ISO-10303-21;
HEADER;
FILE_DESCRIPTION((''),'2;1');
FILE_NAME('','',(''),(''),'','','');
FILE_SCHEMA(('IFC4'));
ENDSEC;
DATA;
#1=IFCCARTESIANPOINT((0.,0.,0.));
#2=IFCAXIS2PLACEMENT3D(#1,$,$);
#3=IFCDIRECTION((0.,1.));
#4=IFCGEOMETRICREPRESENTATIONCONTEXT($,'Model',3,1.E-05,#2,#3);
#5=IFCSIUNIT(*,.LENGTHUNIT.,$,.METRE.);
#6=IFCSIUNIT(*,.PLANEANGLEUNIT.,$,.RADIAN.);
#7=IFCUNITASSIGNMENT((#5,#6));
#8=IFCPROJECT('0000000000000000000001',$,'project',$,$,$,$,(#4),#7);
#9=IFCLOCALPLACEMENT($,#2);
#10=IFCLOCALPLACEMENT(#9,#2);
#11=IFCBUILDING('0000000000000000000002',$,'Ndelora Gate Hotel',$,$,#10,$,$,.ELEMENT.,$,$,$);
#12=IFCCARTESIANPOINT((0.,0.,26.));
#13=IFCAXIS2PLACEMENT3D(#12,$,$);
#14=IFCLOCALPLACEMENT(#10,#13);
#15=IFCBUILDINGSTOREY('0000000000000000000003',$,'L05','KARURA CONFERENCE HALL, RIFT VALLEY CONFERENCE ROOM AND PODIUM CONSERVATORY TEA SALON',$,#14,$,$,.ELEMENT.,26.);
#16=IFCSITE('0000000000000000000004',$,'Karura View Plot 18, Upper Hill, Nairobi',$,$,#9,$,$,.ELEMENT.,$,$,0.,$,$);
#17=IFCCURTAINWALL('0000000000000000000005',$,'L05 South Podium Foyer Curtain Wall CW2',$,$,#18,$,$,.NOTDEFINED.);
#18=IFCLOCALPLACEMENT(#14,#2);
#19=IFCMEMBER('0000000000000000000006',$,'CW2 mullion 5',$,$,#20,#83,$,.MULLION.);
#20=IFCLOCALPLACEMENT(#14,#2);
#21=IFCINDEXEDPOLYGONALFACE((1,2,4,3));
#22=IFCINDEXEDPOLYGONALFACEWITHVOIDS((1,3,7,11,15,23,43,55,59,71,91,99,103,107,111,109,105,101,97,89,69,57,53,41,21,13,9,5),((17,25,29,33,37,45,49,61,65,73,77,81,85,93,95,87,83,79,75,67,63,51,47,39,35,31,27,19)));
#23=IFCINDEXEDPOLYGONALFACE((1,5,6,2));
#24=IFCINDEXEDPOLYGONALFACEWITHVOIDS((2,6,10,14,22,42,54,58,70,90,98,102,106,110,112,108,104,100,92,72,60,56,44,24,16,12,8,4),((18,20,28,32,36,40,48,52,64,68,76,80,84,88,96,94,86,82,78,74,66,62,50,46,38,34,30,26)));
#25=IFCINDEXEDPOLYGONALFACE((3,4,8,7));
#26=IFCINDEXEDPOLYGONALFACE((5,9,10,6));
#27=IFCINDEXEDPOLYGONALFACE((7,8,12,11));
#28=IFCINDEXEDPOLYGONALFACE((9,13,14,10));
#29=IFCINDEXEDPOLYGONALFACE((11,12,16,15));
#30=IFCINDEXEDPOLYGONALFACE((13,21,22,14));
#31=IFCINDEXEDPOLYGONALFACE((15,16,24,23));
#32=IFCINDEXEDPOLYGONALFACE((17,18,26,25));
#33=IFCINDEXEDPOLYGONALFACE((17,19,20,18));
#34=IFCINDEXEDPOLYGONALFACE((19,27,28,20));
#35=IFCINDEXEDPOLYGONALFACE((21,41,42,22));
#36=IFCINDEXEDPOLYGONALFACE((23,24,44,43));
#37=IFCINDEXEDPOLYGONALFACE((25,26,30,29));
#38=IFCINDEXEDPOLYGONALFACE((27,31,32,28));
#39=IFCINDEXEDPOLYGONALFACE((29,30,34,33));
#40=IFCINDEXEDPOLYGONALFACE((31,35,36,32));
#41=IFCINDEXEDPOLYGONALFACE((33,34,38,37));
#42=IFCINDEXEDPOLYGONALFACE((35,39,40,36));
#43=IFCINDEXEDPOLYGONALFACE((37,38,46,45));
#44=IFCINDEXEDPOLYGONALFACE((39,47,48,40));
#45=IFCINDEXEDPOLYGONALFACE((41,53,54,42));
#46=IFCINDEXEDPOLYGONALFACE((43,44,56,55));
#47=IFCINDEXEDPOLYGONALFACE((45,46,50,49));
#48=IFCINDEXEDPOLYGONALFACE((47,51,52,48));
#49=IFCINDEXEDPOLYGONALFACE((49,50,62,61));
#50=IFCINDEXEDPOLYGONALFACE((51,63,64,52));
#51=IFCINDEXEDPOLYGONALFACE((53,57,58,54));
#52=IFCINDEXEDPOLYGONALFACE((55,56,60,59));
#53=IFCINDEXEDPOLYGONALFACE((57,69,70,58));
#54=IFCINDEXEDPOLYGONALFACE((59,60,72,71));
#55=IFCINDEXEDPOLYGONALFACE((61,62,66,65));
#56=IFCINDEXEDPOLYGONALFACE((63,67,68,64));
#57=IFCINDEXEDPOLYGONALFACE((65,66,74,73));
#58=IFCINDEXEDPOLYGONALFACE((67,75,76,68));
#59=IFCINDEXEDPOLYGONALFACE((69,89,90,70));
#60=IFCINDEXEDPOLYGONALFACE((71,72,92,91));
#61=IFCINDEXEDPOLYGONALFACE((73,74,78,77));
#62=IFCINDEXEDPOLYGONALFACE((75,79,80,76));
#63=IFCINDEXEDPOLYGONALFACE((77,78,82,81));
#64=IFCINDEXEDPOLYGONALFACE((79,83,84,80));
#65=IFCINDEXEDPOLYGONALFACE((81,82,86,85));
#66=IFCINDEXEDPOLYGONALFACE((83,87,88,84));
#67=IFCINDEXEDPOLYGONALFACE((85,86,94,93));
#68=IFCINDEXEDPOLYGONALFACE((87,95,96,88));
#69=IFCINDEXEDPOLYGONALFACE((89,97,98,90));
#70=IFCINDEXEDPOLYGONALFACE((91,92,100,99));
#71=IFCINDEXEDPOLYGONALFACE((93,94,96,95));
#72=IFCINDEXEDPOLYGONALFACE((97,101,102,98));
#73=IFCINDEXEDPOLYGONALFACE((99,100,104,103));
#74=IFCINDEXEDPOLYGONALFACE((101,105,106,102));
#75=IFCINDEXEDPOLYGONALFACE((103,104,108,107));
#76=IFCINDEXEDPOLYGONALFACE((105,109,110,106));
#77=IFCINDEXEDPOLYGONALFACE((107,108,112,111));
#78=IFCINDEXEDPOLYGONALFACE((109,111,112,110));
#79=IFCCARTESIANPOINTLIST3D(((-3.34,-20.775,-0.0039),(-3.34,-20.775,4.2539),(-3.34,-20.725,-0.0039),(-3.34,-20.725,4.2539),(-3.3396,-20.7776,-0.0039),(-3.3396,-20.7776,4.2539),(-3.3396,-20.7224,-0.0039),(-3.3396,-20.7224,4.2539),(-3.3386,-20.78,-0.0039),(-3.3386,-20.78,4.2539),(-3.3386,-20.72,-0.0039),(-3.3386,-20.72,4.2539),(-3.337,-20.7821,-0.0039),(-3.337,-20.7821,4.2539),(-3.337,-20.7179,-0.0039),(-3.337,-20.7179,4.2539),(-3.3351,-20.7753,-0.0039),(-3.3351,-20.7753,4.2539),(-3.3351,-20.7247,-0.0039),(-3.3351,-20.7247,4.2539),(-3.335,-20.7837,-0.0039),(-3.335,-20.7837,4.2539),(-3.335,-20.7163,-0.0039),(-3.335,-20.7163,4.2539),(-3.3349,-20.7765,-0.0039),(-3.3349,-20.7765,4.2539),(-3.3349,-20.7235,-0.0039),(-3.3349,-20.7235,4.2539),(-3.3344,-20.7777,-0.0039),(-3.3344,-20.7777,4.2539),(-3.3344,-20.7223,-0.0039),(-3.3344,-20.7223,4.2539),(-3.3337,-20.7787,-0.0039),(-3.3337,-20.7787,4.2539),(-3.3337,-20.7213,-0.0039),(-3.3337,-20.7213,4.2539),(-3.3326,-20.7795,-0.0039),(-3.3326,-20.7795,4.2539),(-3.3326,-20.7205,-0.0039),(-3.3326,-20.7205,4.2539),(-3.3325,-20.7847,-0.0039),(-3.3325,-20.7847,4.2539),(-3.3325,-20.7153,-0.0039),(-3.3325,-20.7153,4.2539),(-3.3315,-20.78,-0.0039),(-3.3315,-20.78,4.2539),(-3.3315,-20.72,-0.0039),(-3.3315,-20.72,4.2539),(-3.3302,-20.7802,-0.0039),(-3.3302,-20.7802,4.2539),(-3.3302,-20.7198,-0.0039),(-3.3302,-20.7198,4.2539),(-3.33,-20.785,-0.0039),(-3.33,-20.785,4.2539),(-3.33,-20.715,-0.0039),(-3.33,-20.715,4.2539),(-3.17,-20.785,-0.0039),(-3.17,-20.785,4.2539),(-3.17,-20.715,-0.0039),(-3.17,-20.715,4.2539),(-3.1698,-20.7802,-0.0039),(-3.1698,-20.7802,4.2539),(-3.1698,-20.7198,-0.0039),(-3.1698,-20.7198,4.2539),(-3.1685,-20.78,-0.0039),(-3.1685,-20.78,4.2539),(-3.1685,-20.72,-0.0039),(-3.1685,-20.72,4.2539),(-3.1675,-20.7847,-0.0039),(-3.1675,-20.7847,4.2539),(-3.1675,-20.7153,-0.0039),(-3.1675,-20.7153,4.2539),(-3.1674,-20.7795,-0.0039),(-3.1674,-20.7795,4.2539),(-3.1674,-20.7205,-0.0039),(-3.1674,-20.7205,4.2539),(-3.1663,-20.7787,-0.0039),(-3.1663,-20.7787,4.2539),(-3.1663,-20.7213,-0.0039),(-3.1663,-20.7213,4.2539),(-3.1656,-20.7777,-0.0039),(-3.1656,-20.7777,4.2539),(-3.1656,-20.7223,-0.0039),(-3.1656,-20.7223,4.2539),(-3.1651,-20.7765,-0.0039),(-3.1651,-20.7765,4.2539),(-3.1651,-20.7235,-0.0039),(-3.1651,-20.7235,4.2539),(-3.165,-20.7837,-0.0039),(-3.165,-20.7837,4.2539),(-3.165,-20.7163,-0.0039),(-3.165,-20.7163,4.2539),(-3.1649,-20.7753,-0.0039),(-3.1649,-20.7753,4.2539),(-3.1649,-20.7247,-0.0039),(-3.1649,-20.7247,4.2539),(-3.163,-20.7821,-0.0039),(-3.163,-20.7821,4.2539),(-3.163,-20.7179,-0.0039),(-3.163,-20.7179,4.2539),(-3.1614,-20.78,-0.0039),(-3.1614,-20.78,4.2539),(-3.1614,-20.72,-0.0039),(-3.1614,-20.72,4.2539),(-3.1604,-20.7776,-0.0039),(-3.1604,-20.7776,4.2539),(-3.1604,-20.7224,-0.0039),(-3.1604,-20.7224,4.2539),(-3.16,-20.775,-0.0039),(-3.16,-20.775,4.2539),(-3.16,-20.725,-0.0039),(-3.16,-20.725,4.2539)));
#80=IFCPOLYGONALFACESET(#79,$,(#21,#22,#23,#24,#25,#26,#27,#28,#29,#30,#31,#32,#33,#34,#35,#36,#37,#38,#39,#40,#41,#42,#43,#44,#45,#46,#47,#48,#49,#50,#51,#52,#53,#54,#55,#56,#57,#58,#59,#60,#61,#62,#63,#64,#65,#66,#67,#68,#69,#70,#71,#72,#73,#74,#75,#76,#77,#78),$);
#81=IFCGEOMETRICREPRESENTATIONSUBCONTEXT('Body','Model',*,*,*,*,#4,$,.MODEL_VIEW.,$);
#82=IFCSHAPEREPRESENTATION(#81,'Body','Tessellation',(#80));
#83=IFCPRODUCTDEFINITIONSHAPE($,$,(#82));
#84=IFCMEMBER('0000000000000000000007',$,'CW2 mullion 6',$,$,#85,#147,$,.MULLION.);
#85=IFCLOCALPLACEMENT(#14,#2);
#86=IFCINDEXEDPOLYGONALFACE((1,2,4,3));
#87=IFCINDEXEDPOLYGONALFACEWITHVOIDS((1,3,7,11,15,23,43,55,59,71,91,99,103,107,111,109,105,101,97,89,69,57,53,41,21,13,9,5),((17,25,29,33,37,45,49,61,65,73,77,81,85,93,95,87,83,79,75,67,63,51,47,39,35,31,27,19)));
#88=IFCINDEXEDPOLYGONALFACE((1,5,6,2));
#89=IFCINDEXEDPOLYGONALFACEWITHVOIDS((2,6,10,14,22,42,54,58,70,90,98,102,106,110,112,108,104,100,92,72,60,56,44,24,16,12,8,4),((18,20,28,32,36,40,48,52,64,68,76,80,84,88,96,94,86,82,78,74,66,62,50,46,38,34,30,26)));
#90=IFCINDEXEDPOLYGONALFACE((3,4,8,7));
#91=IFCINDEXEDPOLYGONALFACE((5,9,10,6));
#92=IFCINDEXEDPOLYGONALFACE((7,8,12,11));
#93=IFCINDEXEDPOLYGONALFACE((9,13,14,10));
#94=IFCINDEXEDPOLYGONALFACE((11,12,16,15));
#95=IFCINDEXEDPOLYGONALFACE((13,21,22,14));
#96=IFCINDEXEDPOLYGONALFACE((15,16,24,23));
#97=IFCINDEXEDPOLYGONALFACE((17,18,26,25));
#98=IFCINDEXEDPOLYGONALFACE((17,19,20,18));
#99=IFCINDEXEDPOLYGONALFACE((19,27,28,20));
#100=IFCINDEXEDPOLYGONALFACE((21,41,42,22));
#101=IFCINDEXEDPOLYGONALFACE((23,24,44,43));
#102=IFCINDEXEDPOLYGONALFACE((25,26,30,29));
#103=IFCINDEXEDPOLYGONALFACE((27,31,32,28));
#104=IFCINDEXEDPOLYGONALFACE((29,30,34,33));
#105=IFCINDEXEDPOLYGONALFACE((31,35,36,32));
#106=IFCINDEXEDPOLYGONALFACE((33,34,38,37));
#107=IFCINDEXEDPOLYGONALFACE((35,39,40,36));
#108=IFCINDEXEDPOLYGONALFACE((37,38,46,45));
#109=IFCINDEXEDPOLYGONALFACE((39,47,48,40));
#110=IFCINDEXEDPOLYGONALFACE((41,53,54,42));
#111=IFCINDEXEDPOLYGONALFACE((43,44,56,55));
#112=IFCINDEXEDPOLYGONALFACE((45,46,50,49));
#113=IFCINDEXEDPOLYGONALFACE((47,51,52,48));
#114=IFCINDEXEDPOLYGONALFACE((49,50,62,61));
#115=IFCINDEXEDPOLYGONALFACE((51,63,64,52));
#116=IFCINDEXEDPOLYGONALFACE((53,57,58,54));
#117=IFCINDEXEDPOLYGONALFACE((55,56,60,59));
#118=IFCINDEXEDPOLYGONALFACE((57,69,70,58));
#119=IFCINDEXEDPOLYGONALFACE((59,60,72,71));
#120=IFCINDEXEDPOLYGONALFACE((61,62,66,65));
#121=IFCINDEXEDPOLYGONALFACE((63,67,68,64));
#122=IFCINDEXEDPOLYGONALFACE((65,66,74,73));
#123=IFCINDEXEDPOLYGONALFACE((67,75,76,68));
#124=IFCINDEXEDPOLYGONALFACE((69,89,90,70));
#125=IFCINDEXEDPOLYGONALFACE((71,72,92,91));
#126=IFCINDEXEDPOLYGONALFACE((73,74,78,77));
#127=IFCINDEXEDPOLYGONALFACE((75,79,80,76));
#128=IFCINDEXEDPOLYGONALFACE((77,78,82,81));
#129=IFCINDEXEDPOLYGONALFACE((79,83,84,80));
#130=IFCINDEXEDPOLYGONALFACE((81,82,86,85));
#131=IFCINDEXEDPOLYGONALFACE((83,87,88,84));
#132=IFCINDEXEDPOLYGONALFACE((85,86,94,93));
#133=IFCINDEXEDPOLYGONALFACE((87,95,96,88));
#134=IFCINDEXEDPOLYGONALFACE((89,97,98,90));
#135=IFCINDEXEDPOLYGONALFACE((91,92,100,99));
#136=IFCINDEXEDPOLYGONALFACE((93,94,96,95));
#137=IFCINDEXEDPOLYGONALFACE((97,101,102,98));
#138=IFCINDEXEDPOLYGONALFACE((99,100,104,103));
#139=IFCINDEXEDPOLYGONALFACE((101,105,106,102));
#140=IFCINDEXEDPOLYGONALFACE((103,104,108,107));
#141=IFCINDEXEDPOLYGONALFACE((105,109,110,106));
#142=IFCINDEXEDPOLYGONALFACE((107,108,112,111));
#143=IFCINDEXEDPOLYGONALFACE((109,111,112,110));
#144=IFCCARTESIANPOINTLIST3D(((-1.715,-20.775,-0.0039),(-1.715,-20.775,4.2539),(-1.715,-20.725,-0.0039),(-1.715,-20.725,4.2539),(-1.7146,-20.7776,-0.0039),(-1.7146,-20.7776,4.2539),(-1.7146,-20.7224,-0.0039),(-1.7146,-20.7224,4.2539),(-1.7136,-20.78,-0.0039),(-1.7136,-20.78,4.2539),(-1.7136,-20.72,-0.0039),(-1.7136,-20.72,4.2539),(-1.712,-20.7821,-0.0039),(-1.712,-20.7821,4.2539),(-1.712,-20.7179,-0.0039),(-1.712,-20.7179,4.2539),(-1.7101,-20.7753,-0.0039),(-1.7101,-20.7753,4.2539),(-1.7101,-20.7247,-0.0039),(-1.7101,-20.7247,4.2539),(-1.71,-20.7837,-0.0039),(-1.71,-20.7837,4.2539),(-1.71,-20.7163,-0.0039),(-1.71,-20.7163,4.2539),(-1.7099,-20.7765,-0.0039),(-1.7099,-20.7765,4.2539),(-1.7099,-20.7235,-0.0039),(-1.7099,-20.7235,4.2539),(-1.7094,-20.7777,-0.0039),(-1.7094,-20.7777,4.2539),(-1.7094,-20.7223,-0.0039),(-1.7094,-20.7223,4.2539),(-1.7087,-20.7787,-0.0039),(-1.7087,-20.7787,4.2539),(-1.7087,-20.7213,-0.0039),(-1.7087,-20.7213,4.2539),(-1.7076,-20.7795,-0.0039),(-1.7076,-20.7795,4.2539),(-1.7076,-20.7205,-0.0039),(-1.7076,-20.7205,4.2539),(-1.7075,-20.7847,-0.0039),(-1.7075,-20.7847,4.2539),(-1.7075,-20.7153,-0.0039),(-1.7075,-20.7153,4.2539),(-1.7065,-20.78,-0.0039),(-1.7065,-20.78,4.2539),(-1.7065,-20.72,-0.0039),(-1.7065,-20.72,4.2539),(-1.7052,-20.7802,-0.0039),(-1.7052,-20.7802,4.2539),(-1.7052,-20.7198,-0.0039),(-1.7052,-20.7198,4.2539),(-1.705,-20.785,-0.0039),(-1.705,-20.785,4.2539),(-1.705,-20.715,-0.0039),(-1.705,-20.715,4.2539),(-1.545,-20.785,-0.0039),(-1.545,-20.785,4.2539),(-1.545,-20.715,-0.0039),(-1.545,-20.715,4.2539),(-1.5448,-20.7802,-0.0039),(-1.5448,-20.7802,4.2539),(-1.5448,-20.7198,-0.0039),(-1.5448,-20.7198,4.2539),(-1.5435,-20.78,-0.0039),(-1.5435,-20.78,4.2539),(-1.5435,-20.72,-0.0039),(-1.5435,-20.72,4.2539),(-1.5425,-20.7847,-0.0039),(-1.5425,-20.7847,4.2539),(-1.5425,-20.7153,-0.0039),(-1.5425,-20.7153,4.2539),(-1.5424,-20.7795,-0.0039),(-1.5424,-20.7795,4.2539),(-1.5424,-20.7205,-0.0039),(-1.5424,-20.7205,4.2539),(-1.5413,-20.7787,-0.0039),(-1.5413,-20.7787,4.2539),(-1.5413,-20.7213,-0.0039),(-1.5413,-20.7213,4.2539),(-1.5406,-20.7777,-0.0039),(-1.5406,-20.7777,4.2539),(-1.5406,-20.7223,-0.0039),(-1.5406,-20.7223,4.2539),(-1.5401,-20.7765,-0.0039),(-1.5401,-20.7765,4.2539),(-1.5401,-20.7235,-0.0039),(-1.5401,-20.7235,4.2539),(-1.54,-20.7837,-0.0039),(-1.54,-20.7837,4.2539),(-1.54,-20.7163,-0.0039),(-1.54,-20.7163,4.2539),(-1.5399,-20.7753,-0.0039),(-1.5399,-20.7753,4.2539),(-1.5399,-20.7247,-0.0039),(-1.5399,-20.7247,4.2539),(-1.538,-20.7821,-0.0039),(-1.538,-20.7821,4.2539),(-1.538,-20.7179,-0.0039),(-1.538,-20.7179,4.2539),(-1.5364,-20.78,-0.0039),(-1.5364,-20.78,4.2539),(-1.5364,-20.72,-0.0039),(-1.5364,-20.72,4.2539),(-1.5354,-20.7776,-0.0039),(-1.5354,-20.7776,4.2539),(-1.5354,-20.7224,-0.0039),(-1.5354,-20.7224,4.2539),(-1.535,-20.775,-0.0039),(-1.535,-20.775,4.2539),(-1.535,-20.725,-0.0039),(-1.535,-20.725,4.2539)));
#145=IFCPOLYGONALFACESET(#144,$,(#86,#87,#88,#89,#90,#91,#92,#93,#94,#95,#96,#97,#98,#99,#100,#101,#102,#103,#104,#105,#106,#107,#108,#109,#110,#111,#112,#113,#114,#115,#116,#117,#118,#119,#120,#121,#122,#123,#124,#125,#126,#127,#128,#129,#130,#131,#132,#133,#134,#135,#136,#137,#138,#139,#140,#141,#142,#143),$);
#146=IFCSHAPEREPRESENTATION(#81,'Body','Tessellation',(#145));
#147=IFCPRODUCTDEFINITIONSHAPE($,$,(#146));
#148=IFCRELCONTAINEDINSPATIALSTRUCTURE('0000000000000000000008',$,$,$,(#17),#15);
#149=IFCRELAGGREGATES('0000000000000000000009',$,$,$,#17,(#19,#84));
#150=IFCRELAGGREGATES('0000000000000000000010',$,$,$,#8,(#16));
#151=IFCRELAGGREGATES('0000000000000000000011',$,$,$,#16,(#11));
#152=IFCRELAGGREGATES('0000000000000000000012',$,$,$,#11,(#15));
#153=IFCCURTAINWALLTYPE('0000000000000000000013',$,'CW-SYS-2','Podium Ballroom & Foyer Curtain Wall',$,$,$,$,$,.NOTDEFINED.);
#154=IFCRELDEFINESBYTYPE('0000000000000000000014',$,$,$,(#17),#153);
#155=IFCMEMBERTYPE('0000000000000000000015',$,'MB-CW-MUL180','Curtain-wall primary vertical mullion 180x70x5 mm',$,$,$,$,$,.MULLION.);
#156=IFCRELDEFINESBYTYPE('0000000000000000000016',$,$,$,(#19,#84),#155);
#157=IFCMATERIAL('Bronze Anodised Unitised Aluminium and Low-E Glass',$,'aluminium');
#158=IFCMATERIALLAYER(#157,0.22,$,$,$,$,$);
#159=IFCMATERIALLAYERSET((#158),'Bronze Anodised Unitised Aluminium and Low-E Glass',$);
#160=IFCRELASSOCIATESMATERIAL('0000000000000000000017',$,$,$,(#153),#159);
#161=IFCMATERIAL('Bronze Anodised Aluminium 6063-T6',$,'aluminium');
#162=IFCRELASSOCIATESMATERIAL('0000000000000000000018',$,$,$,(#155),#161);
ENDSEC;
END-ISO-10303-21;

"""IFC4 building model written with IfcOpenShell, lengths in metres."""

from ifc_helpers import new_model, si_unit, direction, frame, origin, origin_2d, place, context, subcontext, project, spatial, hollow_rectangle, extrude, material, layer, layer_set, material_profile, profile_set, type_object, element, aggregate, save


model = new_model("IFC4")

# Units and contexts
model_context = context("Model", 3, precision=1e-05, world=origin(), true_north=direction((0.0, 1.0)))
body_context = subcontext(model_context, "Body", "Model", "MODEL_VIEW")
ifc_project = project(units=[si_unit("LENGTHUNIT", "METRE"), si_unit("PLANEANGLEUNIT", "RADIAN")], contexts=[model_context])

# Site, building, storey
site_placement = place(None, origin())
site = spatial("IfcSite", under=ifc_project, at=site_placement, Name="Karura View Plot 18, Upper Hill, Nairobi", CompositionType="ELEMENT", RefElevation=0.0)
building_placement = place(site_placement, origin())
building = spatial("IfcBuilding", under=site, at=building_placement, Name="Ndelora Gate Hotel", CompositionType="ELEMENT")
storey_placement = place(building_placement, frame((0.0, 0.0, 26.0)))
storey = spatial("IfcBuildingStorey", under=building, at=storey_placement, Name="L05", Description="KARURA CONFERENCE HALL, RIFT VALLEY CONFERENCE ROOM AND PODIUM CONSERVATORY TEA SALON", CompositionType="ELEMENT", Elevation=26.0)

# Curtain wall, members
ifc_material_1 = material(Name="Bronze Anodised Unitised Aluminium and Low-E Glass", Category="aluminium")
ifc_layer_1 = layer(ifc_material_1, 0.22)
ifc_layer_set_1 = layer_set([ifc_layer_1], Name="Bronze Anodised Unitised Aluminium and Low-E Glass")
curtain_wall_type = type_object("IfcCurtainWallType", Name="CW-SYS-2", Description="Podium Ballroom & Foyer Curtain Wall", PredefinedType="NOTDEFINED", material=ifc_layer_set_1)
curtain_wall_placement = place(storey_placement, origin())
curtain_wall = element("IfcCurtainWall", 1, at=curtain_wall_placement, inside=storey, type_object=curtain_wall_type, Name="L05 South Podium Foyer Curtain Wall CW2", PredefinedType="NOTDEFINED")
ifc_material_2 = material(Name="Bronze Anodised Aluminium 6063-T6", Category="aluminium")
ifc_material_profile_1 = material_profile(ifc_material_2, hollow_rectangle(XDim=0.0701, YDim=0.1799, WallThickness=0.0049, InnerFilletRadius=0.0049, OuterFilletRadius=0.01, at=origin_2d()), Name="ALU 180x70x5")
ifc_profile_set_1 = profile_set([ifc_material_profile_1], Name="Bronze Anodised Aluminium 6063-T6")
member_type_1 = type_object("IfcMemberType", Name="MB-CW-MUL180", Description="Curtain-wall primary vertical mullion 180x70x5 mm", PredefinedType="MULLION", material=ifc_profile_set_1)
member_1_placement = place(storey_placement, frame((-3.25, -20.75, -0.0039), z_axis=(0.0, 0.0, 1.0), x_axis=(0.0, 1.0, 0.0)))
member_1 = element("IfcMember", 2, at=member_1_placement, type_object=member_type_1, Name="CW2 mullion 5", PredefinedType="MULLION", context=body_context, shape_type="SweptSolid", body=[
    extrude(hollow_rectangle(XDim=0.0701, YDim=0.1799, WallThickness=0.0049, InnerFilletRadius=0.0049, OuterFilletRadius=0.01, at=origin_2d()), origin(), (0.0, 0.0, 1.0), 4.2578),
])
member_2_placement = place(storey_placement, frame((-1.625, -20.75, -0.0039), z_axis=(0.0, 0.0, 1.0), x_axis=(0.0, 1.0, 0.0)))
member_2 = element("IfcMember", 3, at=member_2_placement, type_object=member_type_1, Name="CW2 mullion 6", PredefinedType="MULLION", context=body_context, shape_type="SweptSolid", body=[
    extrude(hollow_rectangle(XDim=0.0701, YDim=0.1799, WallThickness=0.0049, InnerFilletRadius=0.0049, OuterFilletRadius=0.01, at=origin_2d()), origin(), (0.0, 0.0, 1.0), 4.2578),
])
aggregate(curtain_wall, [member_1, member_2])

save(model, "model.ifc")
